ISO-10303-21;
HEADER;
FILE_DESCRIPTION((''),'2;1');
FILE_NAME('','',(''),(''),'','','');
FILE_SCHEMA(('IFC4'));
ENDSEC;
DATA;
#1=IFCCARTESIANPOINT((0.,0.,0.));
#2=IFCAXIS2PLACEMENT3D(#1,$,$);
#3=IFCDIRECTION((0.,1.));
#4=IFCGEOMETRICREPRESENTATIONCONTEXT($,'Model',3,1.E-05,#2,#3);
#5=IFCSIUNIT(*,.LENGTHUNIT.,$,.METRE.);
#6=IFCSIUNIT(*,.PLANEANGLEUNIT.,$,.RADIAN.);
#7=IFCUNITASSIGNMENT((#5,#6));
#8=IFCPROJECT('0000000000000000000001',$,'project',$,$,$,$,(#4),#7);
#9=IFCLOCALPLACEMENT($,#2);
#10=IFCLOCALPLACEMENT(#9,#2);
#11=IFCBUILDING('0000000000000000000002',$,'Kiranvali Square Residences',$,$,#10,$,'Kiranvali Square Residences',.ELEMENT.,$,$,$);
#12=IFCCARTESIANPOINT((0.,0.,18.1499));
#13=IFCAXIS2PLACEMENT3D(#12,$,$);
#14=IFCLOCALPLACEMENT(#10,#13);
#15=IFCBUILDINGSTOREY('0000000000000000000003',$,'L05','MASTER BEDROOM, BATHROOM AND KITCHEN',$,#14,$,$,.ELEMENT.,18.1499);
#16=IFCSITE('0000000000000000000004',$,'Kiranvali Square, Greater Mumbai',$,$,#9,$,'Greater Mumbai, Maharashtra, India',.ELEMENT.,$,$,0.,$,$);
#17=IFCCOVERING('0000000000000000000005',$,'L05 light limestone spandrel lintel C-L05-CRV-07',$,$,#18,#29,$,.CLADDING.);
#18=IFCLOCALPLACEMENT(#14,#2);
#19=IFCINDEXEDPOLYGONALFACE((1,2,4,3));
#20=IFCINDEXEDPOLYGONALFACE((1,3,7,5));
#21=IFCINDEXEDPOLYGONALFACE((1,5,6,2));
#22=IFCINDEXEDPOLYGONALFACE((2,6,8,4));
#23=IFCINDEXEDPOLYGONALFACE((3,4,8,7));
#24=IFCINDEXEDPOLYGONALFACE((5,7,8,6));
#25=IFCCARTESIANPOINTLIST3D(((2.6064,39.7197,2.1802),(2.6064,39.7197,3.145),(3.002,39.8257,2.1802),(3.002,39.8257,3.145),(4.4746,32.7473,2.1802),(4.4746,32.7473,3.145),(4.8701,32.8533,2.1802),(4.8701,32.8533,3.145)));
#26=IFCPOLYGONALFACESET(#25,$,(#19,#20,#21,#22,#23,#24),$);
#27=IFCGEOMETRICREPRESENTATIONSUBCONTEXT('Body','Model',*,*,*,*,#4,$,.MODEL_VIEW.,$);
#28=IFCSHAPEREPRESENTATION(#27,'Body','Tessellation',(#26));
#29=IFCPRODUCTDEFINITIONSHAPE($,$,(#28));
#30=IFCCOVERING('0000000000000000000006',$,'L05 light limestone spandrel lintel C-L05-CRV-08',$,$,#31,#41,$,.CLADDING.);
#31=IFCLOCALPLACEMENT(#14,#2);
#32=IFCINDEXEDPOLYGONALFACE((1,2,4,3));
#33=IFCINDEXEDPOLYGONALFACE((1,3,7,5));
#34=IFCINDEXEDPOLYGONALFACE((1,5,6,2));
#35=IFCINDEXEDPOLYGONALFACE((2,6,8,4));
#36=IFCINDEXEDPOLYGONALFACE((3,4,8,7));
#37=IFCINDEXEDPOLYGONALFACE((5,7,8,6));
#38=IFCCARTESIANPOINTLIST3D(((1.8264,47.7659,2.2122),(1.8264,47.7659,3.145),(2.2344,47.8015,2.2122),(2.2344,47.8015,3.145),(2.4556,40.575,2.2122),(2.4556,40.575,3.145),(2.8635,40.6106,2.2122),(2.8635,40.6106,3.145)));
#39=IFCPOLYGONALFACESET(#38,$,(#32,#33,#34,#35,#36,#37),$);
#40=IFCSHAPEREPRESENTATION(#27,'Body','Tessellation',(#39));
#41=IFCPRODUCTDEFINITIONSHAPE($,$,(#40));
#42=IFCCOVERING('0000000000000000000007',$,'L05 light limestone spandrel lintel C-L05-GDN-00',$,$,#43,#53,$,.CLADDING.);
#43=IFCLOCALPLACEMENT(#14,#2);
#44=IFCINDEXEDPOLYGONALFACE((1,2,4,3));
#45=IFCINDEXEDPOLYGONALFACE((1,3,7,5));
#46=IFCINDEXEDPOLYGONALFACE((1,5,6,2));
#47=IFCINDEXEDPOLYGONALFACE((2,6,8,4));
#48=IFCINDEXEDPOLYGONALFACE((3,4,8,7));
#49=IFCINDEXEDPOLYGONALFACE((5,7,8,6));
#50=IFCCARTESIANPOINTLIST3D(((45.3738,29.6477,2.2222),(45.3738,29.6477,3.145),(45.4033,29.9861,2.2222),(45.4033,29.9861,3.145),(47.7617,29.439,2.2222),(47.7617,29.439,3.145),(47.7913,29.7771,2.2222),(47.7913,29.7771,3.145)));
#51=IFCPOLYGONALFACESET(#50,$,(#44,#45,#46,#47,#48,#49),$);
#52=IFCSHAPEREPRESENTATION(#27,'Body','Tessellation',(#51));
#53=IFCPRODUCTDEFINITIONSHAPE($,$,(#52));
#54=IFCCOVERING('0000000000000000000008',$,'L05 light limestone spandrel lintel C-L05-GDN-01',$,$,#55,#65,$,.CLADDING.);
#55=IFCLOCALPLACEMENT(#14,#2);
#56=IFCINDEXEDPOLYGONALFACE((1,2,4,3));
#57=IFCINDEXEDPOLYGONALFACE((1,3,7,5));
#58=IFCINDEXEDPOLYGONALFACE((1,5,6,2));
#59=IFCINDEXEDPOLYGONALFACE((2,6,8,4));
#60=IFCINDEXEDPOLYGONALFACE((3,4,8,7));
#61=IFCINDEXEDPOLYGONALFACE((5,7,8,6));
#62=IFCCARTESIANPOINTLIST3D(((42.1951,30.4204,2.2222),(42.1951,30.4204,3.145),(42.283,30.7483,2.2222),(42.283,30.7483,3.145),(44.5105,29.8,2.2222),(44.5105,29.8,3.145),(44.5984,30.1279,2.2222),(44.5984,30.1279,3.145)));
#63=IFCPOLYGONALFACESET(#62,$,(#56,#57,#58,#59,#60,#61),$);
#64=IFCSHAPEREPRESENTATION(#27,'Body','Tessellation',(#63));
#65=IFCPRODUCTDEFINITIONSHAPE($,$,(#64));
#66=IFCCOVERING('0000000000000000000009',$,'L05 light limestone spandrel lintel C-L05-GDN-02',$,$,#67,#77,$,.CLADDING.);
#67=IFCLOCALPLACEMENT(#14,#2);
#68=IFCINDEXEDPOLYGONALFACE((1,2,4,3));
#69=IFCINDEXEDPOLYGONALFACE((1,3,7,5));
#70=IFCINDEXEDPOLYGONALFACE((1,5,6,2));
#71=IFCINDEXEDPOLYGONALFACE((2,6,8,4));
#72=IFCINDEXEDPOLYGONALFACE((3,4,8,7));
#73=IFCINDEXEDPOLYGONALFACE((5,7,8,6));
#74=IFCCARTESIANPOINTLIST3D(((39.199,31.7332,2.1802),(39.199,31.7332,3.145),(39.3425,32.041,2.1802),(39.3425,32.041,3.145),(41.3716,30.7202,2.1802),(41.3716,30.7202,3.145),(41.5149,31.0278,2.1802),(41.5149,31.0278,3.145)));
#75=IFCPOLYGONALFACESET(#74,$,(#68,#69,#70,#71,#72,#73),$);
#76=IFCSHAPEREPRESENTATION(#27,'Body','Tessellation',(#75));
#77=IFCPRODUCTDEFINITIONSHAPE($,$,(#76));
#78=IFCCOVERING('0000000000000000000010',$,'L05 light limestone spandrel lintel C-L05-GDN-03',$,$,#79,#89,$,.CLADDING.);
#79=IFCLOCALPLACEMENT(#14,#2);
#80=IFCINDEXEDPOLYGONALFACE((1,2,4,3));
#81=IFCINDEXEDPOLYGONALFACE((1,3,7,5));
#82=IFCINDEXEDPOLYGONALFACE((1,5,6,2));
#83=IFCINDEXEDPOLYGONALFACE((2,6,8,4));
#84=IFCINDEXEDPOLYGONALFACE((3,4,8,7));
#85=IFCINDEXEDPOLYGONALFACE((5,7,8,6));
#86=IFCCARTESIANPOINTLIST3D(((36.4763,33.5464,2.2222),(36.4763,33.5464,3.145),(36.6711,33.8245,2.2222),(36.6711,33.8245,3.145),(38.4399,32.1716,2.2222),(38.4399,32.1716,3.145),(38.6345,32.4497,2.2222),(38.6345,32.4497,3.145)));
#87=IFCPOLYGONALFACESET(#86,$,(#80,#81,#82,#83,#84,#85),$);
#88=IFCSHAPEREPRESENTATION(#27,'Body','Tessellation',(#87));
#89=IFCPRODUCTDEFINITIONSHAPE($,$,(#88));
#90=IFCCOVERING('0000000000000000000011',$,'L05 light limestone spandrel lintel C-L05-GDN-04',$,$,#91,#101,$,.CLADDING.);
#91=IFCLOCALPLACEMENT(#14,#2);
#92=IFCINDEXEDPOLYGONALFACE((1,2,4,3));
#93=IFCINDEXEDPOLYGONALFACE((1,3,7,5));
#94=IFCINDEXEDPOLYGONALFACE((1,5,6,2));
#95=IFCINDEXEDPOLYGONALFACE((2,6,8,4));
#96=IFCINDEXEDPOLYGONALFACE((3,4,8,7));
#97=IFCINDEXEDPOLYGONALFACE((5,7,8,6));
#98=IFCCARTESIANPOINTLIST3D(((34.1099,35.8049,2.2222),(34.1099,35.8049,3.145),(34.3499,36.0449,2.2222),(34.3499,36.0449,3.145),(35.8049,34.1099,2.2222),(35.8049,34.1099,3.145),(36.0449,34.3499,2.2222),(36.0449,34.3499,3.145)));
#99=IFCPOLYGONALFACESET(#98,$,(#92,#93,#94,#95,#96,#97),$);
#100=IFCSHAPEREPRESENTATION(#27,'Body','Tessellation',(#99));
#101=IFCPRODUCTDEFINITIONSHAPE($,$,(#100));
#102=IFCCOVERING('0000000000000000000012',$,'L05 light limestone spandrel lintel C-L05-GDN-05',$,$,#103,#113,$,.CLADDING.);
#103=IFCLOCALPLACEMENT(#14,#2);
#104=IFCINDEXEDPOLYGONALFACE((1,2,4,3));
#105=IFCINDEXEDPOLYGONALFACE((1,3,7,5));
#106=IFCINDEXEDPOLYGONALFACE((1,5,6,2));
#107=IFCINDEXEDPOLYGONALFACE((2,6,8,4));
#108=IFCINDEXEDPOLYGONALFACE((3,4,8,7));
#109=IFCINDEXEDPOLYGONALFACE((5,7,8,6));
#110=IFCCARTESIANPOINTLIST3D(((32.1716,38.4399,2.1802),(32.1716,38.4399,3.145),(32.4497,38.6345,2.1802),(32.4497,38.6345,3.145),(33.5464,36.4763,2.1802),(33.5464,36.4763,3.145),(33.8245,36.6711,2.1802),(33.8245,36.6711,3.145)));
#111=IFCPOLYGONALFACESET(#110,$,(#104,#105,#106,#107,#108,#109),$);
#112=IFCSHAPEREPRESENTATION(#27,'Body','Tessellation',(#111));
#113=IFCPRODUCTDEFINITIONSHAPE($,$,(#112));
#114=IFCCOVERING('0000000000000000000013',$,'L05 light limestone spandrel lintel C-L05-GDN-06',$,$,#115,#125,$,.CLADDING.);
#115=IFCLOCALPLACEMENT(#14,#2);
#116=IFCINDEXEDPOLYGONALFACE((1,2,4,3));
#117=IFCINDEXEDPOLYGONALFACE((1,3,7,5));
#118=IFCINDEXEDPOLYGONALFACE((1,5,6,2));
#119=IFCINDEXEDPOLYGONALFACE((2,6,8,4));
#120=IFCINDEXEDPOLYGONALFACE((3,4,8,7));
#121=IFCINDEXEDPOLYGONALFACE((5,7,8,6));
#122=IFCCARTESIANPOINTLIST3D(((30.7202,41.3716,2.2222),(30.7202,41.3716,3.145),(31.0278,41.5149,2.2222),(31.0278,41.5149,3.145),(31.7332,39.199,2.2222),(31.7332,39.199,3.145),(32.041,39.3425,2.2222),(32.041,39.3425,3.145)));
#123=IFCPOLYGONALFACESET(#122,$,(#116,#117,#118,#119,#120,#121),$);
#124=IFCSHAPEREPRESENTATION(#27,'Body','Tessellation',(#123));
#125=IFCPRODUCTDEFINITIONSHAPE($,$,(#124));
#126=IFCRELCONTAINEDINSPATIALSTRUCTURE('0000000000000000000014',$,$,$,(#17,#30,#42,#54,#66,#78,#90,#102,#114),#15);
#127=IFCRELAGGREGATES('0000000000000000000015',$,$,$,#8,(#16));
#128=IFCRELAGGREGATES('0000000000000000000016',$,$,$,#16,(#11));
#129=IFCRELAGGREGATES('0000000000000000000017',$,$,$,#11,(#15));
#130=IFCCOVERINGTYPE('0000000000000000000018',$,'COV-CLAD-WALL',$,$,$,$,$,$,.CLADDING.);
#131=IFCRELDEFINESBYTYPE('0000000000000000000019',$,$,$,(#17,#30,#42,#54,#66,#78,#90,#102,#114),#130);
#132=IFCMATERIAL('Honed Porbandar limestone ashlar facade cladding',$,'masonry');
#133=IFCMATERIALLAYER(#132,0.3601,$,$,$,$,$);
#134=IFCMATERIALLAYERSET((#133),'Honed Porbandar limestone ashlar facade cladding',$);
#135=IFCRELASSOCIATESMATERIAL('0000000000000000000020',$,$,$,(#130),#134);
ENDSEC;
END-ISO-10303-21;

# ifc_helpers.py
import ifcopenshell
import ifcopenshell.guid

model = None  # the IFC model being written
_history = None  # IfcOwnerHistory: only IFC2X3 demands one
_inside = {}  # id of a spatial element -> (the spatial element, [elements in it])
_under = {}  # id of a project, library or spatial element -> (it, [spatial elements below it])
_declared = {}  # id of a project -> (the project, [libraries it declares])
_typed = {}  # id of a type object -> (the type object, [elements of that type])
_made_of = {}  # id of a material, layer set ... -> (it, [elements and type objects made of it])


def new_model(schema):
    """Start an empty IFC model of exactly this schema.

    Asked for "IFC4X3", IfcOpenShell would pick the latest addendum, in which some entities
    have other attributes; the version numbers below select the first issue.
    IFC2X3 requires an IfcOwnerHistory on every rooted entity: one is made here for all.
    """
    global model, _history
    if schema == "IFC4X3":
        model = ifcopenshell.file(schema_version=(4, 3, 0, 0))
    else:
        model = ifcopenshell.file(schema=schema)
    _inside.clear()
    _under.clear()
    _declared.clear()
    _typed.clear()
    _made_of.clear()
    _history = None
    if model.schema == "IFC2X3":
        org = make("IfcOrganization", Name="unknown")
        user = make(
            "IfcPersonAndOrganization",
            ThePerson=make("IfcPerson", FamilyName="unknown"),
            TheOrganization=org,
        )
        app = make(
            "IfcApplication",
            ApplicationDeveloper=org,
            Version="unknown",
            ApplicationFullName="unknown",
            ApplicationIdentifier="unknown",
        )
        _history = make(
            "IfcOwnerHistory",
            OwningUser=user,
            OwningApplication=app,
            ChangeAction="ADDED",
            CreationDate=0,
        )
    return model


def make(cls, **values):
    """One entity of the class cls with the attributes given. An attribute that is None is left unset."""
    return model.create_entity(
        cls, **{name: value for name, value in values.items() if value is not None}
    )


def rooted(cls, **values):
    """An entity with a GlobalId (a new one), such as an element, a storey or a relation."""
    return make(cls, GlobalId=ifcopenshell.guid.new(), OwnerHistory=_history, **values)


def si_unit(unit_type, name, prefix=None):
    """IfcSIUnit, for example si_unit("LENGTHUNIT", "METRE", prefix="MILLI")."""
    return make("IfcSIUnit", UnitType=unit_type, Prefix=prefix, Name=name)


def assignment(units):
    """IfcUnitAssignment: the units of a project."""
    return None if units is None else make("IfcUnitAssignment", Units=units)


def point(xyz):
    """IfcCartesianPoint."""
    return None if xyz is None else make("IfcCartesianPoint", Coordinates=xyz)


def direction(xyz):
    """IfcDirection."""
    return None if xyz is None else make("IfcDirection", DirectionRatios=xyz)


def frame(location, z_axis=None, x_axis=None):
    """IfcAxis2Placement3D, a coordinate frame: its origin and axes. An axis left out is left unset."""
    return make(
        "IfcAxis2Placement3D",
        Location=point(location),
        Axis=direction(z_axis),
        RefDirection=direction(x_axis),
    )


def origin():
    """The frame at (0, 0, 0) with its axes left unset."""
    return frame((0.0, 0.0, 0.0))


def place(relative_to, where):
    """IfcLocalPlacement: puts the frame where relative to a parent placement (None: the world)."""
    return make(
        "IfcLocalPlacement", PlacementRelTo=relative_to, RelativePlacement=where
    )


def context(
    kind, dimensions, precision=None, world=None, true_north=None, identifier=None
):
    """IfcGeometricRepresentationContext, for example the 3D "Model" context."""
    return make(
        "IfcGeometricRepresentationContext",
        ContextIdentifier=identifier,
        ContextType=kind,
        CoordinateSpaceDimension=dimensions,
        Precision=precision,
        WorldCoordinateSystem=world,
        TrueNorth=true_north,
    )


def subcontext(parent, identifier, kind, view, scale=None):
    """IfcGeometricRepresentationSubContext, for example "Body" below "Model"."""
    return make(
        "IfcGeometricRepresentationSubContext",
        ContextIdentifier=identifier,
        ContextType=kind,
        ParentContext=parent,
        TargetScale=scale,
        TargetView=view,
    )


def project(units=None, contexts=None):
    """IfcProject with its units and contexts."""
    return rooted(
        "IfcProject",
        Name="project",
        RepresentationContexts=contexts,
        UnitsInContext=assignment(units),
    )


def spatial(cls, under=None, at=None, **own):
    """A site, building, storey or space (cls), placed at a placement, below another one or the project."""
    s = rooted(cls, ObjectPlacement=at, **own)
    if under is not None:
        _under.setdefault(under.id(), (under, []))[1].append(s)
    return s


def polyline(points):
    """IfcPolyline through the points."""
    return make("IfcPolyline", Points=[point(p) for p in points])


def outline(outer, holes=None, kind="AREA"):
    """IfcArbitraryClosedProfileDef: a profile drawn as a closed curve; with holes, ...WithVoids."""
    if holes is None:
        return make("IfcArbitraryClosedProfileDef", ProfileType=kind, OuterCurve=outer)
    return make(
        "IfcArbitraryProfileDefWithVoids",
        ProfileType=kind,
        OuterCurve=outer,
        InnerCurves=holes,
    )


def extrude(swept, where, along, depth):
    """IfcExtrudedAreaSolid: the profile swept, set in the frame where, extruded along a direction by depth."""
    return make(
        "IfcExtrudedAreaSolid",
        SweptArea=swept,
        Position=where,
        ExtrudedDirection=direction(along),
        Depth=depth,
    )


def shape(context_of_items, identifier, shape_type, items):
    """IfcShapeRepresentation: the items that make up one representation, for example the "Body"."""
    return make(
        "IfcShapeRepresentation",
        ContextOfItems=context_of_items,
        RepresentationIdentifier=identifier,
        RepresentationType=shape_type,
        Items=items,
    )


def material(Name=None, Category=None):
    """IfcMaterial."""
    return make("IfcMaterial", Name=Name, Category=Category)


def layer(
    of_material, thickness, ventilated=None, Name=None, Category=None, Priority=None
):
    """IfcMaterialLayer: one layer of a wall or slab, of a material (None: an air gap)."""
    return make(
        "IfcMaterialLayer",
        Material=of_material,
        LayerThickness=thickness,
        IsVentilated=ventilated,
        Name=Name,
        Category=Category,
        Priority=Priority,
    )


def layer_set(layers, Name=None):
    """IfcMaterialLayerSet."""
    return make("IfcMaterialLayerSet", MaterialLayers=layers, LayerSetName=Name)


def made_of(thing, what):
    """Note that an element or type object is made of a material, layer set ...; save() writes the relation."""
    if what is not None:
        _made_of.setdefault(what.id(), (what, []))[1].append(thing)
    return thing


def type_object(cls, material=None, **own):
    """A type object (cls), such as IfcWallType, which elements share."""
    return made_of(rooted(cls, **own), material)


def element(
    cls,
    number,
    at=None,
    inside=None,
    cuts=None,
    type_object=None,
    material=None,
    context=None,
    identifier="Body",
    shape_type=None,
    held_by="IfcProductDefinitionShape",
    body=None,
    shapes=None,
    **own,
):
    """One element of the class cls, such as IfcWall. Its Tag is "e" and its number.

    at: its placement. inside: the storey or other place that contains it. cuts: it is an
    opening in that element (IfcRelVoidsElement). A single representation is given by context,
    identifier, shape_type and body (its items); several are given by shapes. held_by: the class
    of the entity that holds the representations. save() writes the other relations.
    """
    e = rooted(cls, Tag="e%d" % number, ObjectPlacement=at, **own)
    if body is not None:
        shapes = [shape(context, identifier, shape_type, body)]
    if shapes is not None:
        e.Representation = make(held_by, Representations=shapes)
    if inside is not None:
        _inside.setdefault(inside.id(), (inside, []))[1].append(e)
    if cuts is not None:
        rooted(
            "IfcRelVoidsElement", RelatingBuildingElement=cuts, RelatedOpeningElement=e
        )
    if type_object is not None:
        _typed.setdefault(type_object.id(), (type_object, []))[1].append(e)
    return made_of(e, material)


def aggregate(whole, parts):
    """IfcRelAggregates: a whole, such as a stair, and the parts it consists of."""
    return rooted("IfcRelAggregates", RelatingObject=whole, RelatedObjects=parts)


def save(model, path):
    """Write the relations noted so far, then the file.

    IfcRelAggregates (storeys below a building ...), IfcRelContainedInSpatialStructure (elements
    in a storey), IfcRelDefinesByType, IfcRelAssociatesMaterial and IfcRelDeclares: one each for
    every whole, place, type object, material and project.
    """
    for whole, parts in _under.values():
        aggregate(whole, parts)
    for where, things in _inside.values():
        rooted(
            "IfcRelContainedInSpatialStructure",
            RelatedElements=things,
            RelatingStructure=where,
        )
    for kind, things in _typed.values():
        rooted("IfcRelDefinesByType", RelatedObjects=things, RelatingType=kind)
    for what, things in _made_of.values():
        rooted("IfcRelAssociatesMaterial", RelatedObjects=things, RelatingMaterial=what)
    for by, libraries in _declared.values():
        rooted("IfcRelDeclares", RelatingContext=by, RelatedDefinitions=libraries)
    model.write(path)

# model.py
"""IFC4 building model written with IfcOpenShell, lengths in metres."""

from ifc_helpers import new_model, si_unit, direction, frame, origin, place, context, subcontext, project, spatial, polyline, outline, extrude, material, layer, layer_set, type_object, element, save


model = new_model("IFC4")

# Units and contexts
model_context = context("Model", 3, precision=1e-05, world=origin(), true_north=direction((0.0, 1.0)))
body_context = subcontext(model_context, "Body", "Model", "MODEL_VIEW")
ifc_project = project(units=[si_unit("LENGTHUNIT", "METRE"), si_unit("PLANEANGLEUNIT", "RADIAN")], contexts=[model_context])

# Site, building, storey
site_placement = place(None, origin())
site = spatial("IfcSite", under=ifc_project, at=site_placement, Name="Kiranvali Square, Greater Mumbai", LongName="Greater Mumbai, Maharashtra, India", CompositionType="ELEMENT", RefElevation=0.0)
building_placement = place(site_placement, origin())
building = spatial("IfcBuilding", under=site, at=building_placement, Name="Kiranvali Square Residences", LongName="Kiranvali Square Residences", CompositionType="ELEMENT")
storey_placement = place(building_placement, frame((0.0, 0.0, 18.1499)))
storey = spatial("IfcBuildingStorey", under=building, at=storey_placement, Name="L05", Description="MASTER BEDROOM, BATHROOM AND KITCHEN", CompositionType="ELEMENT", Elevation=18.1499)

# Coverings
ifc_material = material(Name="Honed Porbandar limestone ashlar facade cladding", Category="masonry")
ifc_layer = layer(ifc_material, 0.3601)
ifc_layer_set = layer_set([ifc_layer], Name="Honed Porbandar limestone ashlar facade cladding")
covering_type = type_object("IfcCoveringType", Name="COV-CLAD-WALL", PredefinedType="CLADDING", material=ifc_layer_set)
covering_1_placement = place(storey_placement, frame((0.0, 0.0, 2.1802)))
element("IfcCovering", 1, at=covering_1_placement, inside=storey, type_object=covering_type, Name="L05 light limestone spandrel lintel C-L05-CRV-07", PredefinedType="CLADDING", context=body_context, shape_type="SweptSolid", body=[
    extrude(outline(polyline([(4.8701, 32.8533), (3.002, 39.8257), (2.6064, 39.7197), (4.4746, 32.7473), (4.8701, 32.8533)])), origin(), (0.0, 0.0, 1.0), 0.9648),
])
covering_2_placement = place(storey_placement, frame((0.0, 0.0, 2.2122)))
element("IfcCovering", 2, at=covering_2_placement, inside=storey, type_object=covering_type, Name="L05 light limestone spandrel lintel C-L05-CRV-08", PredefinedType="CLADDING", context=body_context, shape_type="SweptSolid", body=[
    extrude(outline(polyline([(2.8635, 40.6106), (2.2344, 47.8015), (1.8264, 47.7659), (2.4556, 40.575), (2.8635, 40.6106)])), origin(), (0.0, 0.0, 1.0), 0.9329),
])
covering_3_placement = place(storey_placement, frame((0.0, 0.0, 2.2222)))
element("IfcCovering", 3, at=covering_3_placement, inside=storey, type_object=covering_type, Name="L05 light limestone spandrel lintel C-L05-GDN-00", PredefinedType="CLADDING", context=body_context, shape_type="SweptSolid", body=[
    extrude(outline(polyline([(47.7913, 29.7771), (45.4033, 29.9861), (45.3738, 29.6477), (47.7617, 29.439), (47.7913, 29.7771)])), origin(), (0.0, 0.0, 1.0), 0.9229),
])
covering_4_placement = place(storey_placement, frame((0.0, 0.0, 2.2222)))
element("IfcCovering", 4, at=covering_4_placement, inside=storey, type_object=covering_type, Name="L05 light limestone spandrel lintel C-L05-GDN-01", PredefinedType="CLADDING", context=body_context, shape_type="SweptSolid", body=[
    extrude(outline(polyline([(44.5984, 30.1279), (42.283, 30.7483), (42.1951, 30.4204), (44.5105, 29.8), (44.5984, 30.1279)])), origin(), (0.0, 0.0, 1.0), 0.9229),
])
covering_5_placement = place(storey_placement, frame((0.0, 0.0, 2.1802)))
element("IfcCovering", 5, at=covering_5_placement, inside=storey, type_object=covering_type, Name="L05 light limestone spandrel lintel C-L05-GDN-02", PredefinedType="CLADDING", context=body_context, shape_type="SweptSolid", body=[
    extrude(outline(polyline([(41.5149, 31.0278), (39.3425, 32.041), (39.199, 31.7332), (41.3716, 30.7202), (41.5149, 31.0278)])), origin(), (0.0, 0.0, 1.0), 0.9648),
])
covering_6_placement = place(storey_placement, frame((0.0, 0.0, 2.2222)))
element("IfcCovering", 6, at=covering_6_placement, inside=storey, type_object=covering_type, Name="L05 light limestone spandrel lintel C-L05-GDN-03", PredefinedType="CLADDING", context=body_context, shape_type="SweptSolid", body=[
    extrude(outline(polyline([(38.6345, 32.4497), (36.6711, 33.8245), (36.4763, 33.5464), (38.4399, 32.1716), (38.6345, 32.4497)])), origin(), (0.0, 0.0, 1.0), 0.9229),
])
covering_7_placement = place(storey_placement, frame((0.0, 0.0, 2.2222)))
element("IfcCovering", 7, at=covering_7_placement, inside=storey, type_object=covering_type, Name="L05 light limestone spandrel lintel C-L05-GDN-04", PredefinedType="CLADDING", context=body_context, shape_type="SweptSolid", body=[
    extrude(outline(polyline([(36.0449, 34.3499), (34.3499, 36.0449), (34.1099, 35.8049), (35.8049, 34.1099), (36.0449, 34.3499)])), origin(), (0.0, 0.0, 1.0), 0.9229),
])
covering_8_placement = place(storey_placement, frame((0.0, 0.0, 2.1802)))
element("IfcCovering", 8, at=covering_8_placement, inside=storey, type_object=covering_type, Name="L05 light limestone spandrel lintel C-L05-GDN-05", PredefinedType="CLADDING", context=body_context, shape_type="SweptSolid", body=[
    extrude(outline(polyline([(33.8245, 36.6711), (32.4497, 38.6345), (32.1716, 38.4399), (33.5464, 36.4763), (33.8245, 36.6711)])), origin(), (0.0, 0.0, 1.0), 0.9648),
])
covering_9_placement = place(storey_placement, frame((0.0, 0.0, 2.2222)))
element("IfcCovering", 9, at=covering_9_placement, inside=storey, type_object=covering_type, Name="L05 light limestone spandrel lintel C-L05-GDN-06", PredefinedType="CLADDING", context=body_context, shape_type="SweptSolid", body=[
    extrude(outline(polyline([(32.041, 39.3425), (31.0278, 41.5149), (30.7202, 41.3716), (31.7332, 39.199), (32.041, 39.3425)])), origin(), (0.0, 0.0, 1.0), 0.9229),
])

save(model, "model.ifc")
